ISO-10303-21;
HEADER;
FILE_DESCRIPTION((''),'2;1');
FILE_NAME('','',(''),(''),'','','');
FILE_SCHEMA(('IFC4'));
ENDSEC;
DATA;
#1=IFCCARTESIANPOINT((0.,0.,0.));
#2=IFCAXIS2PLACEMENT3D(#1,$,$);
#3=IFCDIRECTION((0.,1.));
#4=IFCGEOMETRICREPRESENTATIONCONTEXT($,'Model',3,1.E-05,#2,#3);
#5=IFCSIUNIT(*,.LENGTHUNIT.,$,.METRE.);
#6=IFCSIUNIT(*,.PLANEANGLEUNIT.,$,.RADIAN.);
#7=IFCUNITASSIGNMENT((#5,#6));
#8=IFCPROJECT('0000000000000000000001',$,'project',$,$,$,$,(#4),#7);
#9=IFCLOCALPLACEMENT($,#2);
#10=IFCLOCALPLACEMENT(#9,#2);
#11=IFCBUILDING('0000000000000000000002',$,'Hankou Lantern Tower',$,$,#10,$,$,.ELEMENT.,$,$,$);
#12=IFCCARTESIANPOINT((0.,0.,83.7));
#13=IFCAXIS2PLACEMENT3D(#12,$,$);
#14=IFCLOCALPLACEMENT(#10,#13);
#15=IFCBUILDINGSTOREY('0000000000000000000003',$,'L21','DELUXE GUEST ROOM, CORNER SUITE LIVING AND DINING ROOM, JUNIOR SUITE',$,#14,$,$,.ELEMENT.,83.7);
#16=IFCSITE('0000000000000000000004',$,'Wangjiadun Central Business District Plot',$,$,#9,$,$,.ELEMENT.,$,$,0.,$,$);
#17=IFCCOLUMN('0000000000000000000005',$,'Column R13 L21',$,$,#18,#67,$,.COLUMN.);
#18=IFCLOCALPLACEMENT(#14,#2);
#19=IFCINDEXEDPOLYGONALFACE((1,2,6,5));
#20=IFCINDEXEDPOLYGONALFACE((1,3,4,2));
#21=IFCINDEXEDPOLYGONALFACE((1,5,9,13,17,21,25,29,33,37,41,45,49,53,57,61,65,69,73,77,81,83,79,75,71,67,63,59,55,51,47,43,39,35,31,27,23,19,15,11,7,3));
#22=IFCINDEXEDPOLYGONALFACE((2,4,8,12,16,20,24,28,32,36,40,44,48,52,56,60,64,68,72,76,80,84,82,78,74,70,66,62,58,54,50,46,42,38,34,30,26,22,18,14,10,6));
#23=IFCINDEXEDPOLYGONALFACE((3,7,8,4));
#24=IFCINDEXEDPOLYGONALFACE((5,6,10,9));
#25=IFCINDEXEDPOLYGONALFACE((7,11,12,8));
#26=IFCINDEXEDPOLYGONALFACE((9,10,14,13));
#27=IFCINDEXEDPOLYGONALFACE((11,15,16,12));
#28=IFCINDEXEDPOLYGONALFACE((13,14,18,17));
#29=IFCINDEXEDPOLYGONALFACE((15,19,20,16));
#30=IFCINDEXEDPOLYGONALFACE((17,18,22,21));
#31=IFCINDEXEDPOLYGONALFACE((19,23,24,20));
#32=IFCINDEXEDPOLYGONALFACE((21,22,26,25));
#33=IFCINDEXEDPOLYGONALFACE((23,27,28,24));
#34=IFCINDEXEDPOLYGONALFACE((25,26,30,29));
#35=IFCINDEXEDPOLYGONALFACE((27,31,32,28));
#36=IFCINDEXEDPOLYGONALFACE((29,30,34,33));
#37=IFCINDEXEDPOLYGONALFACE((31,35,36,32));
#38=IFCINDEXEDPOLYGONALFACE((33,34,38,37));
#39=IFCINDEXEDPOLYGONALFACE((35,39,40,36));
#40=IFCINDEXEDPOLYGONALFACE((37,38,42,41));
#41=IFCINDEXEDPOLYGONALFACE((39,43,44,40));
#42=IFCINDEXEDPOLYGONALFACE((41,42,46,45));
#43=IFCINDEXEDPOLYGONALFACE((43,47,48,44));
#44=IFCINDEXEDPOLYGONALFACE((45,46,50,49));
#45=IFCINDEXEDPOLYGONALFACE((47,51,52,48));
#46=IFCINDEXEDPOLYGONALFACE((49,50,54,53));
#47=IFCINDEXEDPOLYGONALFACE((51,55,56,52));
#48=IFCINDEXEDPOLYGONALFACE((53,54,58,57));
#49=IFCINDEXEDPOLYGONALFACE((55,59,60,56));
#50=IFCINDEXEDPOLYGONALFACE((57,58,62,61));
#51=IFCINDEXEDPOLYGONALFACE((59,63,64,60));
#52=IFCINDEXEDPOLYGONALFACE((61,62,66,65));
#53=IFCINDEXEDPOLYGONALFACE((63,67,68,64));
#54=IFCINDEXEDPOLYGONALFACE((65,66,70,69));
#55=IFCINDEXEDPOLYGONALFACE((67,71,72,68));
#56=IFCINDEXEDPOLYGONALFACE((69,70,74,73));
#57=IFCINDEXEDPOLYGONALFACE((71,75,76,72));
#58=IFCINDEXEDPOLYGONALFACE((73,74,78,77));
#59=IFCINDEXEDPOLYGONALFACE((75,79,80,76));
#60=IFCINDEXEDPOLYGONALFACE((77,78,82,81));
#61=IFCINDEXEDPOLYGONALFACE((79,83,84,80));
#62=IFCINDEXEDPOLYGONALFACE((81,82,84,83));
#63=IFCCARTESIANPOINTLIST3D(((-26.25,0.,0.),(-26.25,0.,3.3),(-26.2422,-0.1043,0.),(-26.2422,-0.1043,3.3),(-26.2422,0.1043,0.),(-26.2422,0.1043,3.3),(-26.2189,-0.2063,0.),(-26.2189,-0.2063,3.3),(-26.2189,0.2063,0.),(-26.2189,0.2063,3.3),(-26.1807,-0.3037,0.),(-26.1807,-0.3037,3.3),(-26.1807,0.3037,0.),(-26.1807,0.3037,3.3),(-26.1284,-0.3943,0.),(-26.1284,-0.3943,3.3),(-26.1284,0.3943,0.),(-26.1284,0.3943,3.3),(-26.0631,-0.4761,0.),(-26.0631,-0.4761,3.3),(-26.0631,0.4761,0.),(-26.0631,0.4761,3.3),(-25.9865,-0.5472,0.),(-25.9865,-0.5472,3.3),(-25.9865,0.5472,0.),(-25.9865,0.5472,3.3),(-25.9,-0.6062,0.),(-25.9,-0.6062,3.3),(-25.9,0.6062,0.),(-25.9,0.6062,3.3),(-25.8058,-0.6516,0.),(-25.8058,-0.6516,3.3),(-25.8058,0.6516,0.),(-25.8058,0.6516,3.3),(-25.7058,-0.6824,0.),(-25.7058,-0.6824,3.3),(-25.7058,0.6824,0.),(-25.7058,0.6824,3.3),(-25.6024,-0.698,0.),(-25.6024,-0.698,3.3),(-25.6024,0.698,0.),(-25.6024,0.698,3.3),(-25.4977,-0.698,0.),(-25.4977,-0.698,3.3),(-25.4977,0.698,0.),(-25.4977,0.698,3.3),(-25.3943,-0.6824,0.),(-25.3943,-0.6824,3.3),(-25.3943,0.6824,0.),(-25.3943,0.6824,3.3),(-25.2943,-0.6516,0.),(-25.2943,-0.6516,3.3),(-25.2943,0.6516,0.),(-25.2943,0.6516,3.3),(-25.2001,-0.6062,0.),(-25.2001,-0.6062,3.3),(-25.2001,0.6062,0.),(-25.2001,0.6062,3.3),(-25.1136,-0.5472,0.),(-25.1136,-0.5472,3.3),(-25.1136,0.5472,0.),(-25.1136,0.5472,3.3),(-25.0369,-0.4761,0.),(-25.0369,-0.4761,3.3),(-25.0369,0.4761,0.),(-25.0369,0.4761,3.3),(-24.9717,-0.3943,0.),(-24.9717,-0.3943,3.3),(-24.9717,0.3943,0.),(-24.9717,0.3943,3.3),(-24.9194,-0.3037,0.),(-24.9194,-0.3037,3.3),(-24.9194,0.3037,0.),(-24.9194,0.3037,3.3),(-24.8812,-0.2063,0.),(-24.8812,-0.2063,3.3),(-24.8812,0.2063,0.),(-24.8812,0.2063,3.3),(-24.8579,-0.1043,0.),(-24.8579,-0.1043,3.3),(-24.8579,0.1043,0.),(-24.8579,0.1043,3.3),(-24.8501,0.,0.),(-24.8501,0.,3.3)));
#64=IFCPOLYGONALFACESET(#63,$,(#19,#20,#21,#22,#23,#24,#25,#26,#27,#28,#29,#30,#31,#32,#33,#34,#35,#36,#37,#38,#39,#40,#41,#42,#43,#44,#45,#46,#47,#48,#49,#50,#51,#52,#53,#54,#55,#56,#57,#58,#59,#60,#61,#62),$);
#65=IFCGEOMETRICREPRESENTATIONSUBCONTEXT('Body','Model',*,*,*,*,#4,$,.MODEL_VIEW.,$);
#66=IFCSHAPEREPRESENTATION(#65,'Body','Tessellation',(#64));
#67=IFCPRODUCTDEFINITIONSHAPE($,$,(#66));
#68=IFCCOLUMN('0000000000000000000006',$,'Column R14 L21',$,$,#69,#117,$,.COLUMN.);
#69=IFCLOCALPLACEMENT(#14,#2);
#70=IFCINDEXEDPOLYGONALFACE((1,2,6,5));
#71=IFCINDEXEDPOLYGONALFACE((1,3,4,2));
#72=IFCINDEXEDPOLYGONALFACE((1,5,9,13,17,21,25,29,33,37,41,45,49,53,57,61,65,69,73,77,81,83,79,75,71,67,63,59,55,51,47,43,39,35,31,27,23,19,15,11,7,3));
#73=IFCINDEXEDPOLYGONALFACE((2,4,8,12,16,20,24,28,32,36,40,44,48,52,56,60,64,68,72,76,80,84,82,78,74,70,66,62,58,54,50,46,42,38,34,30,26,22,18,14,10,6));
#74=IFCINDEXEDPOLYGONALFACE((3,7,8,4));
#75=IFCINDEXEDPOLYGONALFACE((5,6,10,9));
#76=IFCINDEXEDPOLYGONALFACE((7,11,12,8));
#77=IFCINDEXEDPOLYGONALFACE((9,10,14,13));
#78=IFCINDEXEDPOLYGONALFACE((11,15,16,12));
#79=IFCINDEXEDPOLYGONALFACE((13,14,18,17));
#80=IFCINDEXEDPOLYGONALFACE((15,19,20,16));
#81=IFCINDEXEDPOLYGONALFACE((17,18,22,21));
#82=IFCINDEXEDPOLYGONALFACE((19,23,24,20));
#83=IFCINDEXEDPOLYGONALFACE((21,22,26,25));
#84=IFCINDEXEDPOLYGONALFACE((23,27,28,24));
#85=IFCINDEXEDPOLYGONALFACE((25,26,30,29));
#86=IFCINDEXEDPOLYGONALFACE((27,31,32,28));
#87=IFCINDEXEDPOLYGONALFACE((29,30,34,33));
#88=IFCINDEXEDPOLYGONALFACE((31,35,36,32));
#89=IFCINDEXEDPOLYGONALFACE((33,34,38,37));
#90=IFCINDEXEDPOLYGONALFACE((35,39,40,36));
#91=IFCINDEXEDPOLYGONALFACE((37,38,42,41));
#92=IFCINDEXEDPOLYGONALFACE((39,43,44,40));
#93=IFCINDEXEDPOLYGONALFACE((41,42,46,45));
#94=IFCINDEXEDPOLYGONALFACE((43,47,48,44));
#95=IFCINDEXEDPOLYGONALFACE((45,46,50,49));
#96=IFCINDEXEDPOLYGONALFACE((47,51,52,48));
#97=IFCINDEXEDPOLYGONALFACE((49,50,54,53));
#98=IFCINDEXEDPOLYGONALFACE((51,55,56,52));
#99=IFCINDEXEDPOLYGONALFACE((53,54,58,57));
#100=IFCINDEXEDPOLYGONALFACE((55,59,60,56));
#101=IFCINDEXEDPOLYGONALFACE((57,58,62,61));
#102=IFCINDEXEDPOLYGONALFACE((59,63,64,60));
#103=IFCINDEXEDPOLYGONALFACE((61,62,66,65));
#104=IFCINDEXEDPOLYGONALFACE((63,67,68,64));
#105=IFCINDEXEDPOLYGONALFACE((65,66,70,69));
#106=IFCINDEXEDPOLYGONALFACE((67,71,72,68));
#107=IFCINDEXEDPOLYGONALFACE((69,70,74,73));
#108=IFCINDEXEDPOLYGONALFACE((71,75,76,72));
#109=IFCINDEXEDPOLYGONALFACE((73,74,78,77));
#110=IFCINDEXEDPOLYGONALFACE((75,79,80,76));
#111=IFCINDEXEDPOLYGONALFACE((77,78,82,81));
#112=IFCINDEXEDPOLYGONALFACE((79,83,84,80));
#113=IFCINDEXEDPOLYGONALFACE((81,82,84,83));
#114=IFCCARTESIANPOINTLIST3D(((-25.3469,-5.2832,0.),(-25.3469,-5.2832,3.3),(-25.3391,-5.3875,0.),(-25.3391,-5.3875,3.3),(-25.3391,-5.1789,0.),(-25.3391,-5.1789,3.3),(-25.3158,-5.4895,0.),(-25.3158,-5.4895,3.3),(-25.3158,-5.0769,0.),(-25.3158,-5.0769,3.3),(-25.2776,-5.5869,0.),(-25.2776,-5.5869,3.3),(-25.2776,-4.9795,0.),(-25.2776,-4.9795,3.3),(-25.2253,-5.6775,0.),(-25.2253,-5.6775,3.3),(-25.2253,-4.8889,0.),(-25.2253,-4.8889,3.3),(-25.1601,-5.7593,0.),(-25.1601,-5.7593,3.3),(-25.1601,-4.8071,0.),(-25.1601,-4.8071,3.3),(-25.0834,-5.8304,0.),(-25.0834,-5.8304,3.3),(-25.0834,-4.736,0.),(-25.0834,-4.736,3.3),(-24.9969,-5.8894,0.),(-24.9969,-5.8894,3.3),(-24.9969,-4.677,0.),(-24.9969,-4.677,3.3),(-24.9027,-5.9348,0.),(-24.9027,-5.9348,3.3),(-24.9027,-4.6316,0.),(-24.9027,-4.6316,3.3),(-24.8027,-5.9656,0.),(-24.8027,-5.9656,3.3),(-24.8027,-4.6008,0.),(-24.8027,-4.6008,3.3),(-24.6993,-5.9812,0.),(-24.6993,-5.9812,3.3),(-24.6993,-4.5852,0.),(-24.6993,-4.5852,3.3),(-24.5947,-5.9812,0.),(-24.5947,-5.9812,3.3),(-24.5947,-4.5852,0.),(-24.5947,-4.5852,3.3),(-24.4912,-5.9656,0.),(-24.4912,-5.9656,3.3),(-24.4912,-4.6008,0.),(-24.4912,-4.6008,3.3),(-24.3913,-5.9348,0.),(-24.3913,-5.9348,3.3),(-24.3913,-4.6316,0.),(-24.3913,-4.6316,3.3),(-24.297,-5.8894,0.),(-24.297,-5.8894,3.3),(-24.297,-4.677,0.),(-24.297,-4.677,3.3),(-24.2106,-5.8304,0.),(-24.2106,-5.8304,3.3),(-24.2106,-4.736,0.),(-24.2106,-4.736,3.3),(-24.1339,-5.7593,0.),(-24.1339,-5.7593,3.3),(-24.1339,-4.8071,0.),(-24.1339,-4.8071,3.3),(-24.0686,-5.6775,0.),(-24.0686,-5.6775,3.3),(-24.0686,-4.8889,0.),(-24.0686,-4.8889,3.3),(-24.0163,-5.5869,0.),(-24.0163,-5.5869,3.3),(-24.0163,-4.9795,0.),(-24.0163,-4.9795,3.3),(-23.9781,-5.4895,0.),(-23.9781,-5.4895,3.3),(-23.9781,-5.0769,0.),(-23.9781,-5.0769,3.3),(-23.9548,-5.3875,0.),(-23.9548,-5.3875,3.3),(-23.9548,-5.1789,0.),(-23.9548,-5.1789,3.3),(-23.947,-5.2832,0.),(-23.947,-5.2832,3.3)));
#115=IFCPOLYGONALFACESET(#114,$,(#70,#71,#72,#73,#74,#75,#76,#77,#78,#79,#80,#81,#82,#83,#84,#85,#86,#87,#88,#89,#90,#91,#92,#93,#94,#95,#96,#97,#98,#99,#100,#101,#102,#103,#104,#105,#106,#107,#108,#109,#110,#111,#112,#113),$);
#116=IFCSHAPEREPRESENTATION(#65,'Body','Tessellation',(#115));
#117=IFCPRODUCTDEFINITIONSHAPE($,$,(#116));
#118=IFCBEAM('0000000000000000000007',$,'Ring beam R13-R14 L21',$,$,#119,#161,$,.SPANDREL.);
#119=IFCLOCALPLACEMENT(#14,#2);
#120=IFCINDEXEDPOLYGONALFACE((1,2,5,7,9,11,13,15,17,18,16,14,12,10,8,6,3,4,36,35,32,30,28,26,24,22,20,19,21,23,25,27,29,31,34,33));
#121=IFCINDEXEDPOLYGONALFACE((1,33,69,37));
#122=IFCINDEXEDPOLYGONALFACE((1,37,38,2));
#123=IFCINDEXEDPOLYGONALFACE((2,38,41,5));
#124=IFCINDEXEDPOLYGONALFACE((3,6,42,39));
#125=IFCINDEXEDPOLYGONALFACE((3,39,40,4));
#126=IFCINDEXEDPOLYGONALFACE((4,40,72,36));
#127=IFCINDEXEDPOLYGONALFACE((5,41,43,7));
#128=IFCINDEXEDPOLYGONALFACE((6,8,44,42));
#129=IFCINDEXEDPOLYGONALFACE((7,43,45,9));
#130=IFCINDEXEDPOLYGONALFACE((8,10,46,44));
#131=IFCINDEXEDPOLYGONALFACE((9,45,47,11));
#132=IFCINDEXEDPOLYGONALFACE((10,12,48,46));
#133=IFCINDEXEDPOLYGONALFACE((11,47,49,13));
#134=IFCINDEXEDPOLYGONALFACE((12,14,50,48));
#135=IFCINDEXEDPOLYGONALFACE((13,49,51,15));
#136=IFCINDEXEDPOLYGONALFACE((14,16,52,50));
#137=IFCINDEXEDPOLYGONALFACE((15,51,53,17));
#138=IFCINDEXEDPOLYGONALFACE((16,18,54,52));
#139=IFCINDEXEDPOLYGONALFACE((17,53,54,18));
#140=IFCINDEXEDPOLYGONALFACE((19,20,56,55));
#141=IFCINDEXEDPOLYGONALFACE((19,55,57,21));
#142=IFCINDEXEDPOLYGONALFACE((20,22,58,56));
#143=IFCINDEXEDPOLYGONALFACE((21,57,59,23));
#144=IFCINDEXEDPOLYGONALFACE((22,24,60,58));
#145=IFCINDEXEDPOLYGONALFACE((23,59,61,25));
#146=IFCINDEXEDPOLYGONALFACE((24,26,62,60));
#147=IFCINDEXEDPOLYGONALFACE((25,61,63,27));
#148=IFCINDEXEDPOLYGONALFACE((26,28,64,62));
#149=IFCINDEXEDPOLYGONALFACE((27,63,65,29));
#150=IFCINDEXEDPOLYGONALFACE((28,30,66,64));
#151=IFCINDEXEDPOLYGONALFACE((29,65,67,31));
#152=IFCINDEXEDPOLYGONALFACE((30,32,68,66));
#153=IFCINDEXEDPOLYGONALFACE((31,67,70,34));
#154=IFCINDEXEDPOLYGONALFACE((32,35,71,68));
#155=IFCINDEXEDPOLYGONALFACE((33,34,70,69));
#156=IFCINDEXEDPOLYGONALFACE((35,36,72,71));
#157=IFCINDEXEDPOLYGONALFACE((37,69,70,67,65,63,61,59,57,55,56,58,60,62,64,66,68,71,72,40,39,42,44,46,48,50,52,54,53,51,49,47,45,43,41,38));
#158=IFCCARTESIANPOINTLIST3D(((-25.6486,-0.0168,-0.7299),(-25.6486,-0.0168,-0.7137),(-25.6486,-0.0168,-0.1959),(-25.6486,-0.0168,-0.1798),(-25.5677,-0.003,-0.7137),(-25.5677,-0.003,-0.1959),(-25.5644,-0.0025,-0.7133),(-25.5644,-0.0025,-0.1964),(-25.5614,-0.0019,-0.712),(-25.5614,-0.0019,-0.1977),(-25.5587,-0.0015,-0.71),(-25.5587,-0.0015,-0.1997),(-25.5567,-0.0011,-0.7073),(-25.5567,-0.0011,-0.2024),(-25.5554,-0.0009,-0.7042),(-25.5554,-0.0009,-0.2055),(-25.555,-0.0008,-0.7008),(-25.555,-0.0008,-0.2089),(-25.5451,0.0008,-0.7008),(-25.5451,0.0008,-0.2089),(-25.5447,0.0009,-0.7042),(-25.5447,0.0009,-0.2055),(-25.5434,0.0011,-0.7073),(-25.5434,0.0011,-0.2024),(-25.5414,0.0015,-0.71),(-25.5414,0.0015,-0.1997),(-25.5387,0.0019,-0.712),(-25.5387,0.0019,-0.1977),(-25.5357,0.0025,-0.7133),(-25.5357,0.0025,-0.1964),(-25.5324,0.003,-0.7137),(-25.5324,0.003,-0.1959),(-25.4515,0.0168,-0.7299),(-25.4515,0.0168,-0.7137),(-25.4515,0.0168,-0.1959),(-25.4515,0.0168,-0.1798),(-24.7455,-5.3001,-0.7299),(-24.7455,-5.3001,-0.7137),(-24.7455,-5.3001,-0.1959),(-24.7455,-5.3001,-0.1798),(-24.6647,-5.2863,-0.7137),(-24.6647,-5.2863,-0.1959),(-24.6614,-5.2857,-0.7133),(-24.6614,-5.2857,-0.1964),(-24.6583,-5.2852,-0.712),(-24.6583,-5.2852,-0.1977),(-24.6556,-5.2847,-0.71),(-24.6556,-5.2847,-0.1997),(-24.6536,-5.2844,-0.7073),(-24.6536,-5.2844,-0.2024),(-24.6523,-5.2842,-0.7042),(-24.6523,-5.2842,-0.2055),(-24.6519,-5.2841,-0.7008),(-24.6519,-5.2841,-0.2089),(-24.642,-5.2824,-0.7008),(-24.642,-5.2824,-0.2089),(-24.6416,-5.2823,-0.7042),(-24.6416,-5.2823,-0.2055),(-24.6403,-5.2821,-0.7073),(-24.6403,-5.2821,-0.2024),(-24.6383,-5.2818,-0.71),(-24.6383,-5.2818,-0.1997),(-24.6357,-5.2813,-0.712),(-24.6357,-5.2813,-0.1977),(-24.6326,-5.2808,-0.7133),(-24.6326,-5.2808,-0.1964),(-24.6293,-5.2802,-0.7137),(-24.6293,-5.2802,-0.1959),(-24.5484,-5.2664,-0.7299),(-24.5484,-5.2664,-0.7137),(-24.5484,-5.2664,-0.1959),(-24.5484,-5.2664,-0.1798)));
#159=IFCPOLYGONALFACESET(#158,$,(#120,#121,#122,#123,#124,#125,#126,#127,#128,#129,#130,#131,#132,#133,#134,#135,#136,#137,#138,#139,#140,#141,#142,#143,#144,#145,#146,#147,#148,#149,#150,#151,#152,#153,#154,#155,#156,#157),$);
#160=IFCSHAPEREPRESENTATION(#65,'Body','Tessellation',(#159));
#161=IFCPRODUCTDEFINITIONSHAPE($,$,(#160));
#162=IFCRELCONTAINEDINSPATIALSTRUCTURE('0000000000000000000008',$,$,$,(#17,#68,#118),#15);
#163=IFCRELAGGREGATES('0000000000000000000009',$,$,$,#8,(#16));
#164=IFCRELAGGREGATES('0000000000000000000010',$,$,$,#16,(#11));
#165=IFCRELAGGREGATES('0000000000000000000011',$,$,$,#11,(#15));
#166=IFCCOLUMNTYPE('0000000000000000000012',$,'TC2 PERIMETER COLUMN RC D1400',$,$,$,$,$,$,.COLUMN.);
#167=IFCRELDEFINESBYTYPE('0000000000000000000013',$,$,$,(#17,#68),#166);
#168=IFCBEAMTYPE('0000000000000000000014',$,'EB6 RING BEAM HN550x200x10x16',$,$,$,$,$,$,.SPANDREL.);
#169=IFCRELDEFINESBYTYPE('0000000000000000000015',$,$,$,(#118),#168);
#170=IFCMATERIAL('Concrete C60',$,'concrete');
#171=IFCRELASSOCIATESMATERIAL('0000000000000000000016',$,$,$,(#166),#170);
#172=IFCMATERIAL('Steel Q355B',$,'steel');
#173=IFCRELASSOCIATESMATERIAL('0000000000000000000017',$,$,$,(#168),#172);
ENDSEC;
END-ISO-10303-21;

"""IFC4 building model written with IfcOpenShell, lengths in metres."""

from ifc_helpers import new_model, si_unit, direction, frame, origin, origin_2d, place, context, subcontext, project, spatial, circle, i_section, extrude, material, material_profile, profile_set, type_object, element, save


model = new_model("IFC4")

# Units and contexts
model_context = context("Model", 3, precision=1e-05, world=origin(), true_north=direction((0.0, 1.0)))
body_context = subcontext(model_context, "Body", "Model", "MODEL_VIEW")
ifc_project = project(units=[si_unit("LENGTHUNIT", "METRE"), si_unit("PLANEANGLEUNIT", "RADIAN")], contexts=[model_context])

# Site, building, storey
site_placement = place(None, origin())
site = spatial("IfcSite", under=ifc_project, at=site_placement, Name="Wangjiadun Central Business District Plot", CompositionType="ELEMENT", RefElevation=0.0)
building_placement = place(site_placement, origin())
building = spatial("IfcBuilding", under=site, at=building_placement, Name="Hankou Lantern Tower", CompositionType="ELEMENT")
storey_placement = place(building_placement, frame((0.0, 0.0, 83.7)))
storey = spatial("IfcBuildingStorey", under=building, at=storey_placement, Name="L21", Description="DELUXE GUEST ROOM, CORNER SUITE LIVING AND DINING ROOM, JUNIOR SUITE", CompositionType="ELEMENT", Elevation=83.7)

# Columns
ifc_material_1 = material(Name="Concrete C60", Category="concrete")
ifc_material_profile_1 = material_profile(ifc_material_1, circle(Radius=0.7, at=origin_2d()), Name="RC D1400")
ifc_profile_set_1 = profile_set([ifc_material_profile_1], Name="Concrete C60")
column_type = type_object("IfcColumnType", Name="TC2 PERIMETER COLUMN RC D1400", PredefinedType="COLUMN", material=ifc_profile_set_1)
for number, where, z_axis, x_axis, name in (
    (1, (-25.55, 0.0, 0.0), (0.0, 0.0, 1.0), (1.0, 0.0, 0.0), "Column R13 L21"),
    (2, (-24.647, -5.2832, 0.0), (0.0, 0.0, 1.0), (1.0, 0.0, 0.0), "Column R14 L21"),
):
    element("IfcColumn", number, at=place(storey_placement, frame(where, z_axis=z_axis, x_axis=x_axis)), inside=storey, type_object=column_type, Name=name, PredefinedType="COLUMN", context=body_context, shape_type="SweptSolid", body=[
        extrude(circle(Radius=0.7, at=origin_2d()), origin(), (0.0, 0.0, 1.0), 3.3),
    ])

# Beam
ifc_material_2 = material(Name="Steel Q355B", Category="steel")
ifc_material_profile_2 = material_profile(ifc_material_2, i_section(OverallWidth=0.2, OverallDepth=0.55, WebThickness=0.01, FlangeThickness=0.0161, FilletRadius=0.0129, at=origin_2d()), Name="HN550x200x10x16")
ifc_profile_set_2 = profile_set([ifc_material_profile_2], Name="Steel Q355B")
beam_type_1 = type_object("IfcBeamType", Name="EB6 RING BEAM HN550x200x10x16", PredefinedType="SPANDREL", material=ifc_profile_set_2)
beam_1_placement = place(storey_placement, frame((-25.55, 0.0, -0.4548), z_axis=(0.16849, -0.985703, 0.0), x_axis=(0.985703, 0.16849, 0.0)))
element("IfcBeam", 3, at=beam_1_placement, inside=storey, type_object=beam_type_1, Name="Ring beam R13-R14 L21", PredefinedType="SPANDREL", context=body_context, shape_type="SweptSolid", body=[
    extrude(i_section(OverallWidth=0.2, OverallDepth=0.55, WebThickness=0.01, FlangeThickness=0.0161, FilletRadius=0.0129, at=origin_2d()), origin(), (0.0, 0.0, 1.0), 5.3599),
])

save(model, "model.ifc")
